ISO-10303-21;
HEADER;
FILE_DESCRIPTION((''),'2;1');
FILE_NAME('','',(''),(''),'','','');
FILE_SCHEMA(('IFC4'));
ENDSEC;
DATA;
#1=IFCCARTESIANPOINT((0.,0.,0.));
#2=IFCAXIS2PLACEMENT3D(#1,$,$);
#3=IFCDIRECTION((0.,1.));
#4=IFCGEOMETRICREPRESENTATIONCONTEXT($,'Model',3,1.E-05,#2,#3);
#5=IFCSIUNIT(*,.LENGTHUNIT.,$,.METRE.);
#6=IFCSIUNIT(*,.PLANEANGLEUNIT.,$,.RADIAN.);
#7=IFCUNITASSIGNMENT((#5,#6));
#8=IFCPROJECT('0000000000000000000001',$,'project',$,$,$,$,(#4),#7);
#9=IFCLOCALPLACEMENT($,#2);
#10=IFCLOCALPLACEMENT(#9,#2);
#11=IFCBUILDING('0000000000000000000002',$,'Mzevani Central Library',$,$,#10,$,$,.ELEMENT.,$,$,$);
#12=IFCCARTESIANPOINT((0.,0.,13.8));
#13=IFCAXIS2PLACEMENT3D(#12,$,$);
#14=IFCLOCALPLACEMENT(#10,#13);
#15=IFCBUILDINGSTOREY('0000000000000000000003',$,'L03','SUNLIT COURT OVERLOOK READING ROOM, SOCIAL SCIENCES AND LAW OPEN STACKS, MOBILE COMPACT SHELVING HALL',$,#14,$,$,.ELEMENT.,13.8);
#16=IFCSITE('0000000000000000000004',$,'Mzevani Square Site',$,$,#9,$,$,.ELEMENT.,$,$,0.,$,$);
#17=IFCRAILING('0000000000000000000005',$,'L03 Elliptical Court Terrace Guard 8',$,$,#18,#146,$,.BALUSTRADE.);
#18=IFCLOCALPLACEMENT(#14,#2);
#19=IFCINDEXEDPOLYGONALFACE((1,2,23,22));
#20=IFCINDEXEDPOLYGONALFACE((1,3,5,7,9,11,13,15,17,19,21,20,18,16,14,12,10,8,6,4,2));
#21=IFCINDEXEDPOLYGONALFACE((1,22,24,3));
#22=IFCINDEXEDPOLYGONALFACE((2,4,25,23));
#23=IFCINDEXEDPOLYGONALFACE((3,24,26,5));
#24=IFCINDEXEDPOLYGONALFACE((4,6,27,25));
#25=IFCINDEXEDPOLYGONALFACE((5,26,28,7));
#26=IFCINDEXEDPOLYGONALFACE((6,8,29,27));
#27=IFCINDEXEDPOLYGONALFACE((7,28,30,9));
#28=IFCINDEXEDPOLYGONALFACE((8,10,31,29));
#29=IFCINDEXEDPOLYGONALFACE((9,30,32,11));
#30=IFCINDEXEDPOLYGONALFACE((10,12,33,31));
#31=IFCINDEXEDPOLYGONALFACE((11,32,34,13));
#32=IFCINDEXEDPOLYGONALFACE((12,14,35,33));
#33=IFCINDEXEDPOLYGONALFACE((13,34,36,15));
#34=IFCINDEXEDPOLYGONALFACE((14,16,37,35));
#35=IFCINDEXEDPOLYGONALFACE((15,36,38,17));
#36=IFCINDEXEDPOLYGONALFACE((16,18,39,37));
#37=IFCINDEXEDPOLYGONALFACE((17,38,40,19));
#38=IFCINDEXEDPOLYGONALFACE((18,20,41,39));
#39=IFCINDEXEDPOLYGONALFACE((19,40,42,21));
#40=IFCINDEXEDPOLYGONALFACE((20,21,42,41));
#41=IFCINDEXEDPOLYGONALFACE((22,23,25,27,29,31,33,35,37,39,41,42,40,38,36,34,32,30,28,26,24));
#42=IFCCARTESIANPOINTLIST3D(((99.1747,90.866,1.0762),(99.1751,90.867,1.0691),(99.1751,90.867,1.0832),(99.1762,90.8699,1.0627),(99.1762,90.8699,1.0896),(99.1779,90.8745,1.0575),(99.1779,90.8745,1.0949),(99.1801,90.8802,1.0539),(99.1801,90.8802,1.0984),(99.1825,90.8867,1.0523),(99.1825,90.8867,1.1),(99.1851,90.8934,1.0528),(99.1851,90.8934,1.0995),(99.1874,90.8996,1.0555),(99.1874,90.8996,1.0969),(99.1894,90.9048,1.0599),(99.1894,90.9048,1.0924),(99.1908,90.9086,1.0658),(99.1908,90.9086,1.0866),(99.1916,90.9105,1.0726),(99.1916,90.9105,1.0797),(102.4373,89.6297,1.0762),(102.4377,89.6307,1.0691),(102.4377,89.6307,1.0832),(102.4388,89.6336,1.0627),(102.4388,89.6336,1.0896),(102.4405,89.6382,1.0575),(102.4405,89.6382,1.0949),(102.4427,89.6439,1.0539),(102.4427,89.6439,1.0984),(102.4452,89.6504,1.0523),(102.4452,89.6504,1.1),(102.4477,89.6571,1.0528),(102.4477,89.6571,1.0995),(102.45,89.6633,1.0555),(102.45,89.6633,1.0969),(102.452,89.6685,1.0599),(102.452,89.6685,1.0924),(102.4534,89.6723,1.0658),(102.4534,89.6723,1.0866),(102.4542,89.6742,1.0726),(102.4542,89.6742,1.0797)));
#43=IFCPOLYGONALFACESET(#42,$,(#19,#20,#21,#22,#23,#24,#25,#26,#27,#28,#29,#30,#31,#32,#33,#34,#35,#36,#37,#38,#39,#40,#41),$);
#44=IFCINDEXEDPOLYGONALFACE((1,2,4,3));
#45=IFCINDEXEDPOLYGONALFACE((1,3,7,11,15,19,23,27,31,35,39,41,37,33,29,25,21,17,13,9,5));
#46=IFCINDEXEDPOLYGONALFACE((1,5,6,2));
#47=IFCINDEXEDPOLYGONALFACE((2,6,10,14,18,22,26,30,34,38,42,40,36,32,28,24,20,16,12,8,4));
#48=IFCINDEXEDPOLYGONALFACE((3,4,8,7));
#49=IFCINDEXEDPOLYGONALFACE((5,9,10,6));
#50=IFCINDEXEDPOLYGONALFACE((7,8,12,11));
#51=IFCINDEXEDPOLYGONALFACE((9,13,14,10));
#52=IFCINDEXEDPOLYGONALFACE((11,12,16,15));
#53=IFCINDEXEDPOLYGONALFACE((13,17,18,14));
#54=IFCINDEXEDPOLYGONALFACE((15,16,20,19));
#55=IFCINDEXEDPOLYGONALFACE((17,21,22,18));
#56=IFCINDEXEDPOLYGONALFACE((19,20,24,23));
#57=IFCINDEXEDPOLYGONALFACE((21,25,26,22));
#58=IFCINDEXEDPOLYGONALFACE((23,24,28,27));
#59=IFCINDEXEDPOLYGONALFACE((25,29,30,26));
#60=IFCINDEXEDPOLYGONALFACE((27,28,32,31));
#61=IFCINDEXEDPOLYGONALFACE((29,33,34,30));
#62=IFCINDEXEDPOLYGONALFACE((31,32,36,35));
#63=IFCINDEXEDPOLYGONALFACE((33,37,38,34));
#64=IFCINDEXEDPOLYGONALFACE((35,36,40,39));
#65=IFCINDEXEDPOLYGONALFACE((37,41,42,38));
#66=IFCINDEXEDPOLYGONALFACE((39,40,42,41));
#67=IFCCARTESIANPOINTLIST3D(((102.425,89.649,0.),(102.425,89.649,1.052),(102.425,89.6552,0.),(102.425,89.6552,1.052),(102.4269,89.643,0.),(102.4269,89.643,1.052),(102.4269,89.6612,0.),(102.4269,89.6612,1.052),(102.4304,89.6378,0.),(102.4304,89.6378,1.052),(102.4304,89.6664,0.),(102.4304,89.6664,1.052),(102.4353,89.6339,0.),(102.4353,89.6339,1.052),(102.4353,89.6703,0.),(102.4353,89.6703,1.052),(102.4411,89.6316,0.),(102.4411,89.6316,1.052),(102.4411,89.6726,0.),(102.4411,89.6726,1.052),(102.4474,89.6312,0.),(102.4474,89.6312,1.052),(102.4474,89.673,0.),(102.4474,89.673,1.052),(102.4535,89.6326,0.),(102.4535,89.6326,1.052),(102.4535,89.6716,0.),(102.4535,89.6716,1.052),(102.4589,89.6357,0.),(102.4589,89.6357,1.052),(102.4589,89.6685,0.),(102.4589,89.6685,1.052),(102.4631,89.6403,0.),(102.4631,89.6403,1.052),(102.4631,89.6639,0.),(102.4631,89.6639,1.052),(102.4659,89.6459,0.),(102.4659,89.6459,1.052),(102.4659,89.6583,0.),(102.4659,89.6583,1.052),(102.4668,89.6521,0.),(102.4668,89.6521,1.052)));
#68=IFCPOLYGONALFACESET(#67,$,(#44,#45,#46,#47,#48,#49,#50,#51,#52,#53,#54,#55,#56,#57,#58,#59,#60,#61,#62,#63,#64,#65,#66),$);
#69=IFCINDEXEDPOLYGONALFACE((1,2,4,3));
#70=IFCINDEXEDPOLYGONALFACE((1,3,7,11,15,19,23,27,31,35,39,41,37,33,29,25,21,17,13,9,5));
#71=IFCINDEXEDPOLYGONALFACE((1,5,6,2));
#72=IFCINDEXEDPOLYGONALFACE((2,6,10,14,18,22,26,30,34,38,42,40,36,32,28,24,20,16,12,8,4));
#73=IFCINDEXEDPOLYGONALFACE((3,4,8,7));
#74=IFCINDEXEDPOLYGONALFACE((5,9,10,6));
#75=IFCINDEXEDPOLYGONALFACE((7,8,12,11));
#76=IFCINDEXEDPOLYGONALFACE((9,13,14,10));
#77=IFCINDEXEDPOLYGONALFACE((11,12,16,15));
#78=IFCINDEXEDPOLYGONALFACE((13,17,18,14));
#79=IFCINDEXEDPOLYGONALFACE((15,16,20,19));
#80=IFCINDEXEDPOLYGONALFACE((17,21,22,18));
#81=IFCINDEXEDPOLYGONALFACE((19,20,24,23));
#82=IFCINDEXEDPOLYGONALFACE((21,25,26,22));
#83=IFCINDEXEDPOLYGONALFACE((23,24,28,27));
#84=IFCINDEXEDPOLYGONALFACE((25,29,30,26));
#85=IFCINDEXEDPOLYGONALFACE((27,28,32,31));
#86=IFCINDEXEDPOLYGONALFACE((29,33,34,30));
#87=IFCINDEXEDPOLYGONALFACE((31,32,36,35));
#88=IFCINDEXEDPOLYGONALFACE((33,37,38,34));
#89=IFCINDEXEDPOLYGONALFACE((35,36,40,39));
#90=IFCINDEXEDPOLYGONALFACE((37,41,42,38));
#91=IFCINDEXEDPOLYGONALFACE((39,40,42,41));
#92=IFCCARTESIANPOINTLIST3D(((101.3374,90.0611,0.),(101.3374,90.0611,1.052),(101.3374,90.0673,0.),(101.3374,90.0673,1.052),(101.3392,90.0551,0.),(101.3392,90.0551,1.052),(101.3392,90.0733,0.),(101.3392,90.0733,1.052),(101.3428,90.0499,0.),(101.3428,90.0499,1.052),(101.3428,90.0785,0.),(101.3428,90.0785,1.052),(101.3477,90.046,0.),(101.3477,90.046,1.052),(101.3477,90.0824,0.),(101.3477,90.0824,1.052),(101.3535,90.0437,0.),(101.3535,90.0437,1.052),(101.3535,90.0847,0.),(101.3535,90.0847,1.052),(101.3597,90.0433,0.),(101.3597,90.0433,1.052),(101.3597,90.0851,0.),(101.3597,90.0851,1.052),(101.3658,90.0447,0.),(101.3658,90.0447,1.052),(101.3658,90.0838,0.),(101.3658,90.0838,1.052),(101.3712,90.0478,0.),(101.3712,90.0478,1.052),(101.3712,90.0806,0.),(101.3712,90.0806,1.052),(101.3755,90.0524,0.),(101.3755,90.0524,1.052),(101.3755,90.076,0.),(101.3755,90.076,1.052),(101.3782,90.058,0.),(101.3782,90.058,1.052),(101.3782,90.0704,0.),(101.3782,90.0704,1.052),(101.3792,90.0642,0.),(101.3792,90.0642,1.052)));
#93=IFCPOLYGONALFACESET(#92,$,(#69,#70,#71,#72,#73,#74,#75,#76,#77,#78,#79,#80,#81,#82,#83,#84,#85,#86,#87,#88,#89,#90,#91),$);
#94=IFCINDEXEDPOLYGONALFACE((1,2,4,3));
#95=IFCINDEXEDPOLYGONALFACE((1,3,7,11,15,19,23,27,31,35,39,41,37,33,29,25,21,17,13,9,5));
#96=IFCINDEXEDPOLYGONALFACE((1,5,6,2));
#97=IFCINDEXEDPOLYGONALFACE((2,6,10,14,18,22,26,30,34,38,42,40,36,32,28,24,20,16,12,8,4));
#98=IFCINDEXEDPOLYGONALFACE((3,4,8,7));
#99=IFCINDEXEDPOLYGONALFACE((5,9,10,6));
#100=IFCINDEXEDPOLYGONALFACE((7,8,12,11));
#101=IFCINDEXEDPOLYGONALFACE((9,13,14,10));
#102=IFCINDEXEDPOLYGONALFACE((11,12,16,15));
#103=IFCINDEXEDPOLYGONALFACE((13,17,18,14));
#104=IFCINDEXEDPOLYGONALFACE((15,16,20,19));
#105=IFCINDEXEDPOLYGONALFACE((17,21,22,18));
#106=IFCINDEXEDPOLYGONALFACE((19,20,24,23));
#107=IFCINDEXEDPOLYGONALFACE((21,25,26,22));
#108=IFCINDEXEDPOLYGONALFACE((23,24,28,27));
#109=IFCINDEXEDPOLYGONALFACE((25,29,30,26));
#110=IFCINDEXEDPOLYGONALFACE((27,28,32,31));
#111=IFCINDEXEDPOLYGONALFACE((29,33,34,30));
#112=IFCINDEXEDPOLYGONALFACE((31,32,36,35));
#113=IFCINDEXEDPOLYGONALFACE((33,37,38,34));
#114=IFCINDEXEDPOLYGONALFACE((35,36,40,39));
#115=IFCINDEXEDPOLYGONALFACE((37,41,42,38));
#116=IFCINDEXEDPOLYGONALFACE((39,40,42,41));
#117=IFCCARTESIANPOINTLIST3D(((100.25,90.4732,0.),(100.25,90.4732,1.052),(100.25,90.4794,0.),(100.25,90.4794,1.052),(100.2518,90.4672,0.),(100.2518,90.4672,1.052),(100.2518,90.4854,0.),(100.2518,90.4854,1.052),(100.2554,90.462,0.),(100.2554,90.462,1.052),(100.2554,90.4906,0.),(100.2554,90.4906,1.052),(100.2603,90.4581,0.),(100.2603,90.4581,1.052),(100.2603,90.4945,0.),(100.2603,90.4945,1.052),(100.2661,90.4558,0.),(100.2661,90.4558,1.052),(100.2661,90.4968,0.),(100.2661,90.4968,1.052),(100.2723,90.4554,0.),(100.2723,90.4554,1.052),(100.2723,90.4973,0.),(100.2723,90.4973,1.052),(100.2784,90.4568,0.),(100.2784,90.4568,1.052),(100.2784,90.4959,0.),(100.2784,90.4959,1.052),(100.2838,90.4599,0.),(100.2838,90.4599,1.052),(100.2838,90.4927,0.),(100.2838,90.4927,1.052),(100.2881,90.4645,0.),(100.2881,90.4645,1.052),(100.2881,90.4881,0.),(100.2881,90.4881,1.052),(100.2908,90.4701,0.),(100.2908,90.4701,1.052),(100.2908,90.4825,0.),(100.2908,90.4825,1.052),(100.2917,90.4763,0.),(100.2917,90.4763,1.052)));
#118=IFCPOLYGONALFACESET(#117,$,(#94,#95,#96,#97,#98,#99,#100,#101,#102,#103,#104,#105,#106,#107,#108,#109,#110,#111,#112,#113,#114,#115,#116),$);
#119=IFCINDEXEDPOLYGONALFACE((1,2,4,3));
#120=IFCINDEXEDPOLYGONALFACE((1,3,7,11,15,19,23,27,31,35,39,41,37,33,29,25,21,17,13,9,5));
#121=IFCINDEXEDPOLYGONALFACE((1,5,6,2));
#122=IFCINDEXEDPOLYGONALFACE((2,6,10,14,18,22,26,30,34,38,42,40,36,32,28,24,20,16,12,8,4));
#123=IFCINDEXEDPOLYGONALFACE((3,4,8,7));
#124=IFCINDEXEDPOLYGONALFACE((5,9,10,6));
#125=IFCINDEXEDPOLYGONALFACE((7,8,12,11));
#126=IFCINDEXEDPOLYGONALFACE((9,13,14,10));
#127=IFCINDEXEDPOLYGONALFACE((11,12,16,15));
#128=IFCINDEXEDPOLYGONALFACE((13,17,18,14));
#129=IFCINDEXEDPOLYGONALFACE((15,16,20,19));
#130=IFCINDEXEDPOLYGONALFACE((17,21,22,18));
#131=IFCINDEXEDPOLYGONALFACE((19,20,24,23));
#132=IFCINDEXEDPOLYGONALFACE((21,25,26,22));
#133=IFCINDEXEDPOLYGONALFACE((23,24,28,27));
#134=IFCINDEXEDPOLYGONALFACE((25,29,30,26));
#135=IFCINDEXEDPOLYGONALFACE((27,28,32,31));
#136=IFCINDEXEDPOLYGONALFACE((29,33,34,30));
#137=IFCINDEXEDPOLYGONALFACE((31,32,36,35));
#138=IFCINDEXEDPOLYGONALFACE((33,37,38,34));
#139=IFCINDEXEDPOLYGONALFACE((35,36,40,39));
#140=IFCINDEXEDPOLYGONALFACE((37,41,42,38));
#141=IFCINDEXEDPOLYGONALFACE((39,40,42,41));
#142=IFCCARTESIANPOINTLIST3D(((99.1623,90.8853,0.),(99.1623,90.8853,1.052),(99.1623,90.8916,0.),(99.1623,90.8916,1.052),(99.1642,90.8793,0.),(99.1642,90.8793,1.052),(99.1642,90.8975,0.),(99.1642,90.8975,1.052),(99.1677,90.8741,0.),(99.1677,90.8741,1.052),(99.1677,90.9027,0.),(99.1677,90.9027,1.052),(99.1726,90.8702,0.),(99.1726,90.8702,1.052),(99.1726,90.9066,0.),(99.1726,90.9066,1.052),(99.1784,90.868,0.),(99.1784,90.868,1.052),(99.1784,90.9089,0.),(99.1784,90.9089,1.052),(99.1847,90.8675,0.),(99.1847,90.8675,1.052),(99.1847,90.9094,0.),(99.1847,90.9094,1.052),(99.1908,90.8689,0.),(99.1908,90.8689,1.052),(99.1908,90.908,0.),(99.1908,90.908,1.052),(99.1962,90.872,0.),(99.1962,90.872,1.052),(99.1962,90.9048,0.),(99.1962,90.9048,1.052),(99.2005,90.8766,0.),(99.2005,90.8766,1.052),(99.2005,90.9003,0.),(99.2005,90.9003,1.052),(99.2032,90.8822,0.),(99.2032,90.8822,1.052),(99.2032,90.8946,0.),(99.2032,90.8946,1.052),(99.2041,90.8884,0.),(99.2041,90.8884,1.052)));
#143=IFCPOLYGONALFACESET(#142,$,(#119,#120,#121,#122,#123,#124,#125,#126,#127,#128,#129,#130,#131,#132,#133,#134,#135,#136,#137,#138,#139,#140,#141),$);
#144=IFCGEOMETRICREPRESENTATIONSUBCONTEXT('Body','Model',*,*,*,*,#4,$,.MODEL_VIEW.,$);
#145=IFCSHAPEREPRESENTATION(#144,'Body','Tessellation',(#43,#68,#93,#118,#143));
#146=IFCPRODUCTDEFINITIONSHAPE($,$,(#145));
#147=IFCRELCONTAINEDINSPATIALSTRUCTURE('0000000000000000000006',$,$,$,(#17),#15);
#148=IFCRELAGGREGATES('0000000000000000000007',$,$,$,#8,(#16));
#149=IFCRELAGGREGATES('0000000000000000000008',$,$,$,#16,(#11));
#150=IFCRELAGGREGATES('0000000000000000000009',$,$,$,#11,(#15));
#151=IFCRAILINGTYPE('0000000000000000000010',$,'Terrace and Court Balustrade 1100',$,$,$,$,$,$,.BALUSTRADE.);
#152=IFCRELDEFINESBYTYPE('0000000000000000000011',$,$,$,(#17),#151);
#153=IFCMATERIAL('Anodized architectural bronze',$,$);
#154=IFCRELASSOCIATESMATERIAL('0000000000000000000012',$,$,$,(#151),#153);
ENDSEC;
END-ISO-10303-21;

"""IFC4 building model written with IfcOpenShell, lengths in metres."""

from ifc_helpers import new_model, si_unit, direction, frame, origin, origin_2d, place, context, subcontext, project, spatial, circle, extrude, material, type_object, element, save


model = new_model("IFC4")

# Units and contexts
model_context = context("Model", 3, precision=1e-05, world=origin(), true_north=direction((0.0, 1.0)))
body_context = subcontext(model_context, "Body", "Model", "MODEL_VIEW")
ifc_project = project(units=[si_unit("LENGTHUNIT", "METRE"), si_unit("PLANEANGLEUNIT", "RADIAN")], contexts=[model_context])

# Site, building, storey
site_placement = place(None, origin())
site = spatial("IfcSite", under=ifc_project, at=site_placement, Name="Mzevani Square Site", CompositionType="ELEMENT", RefElevation=0.0)
building_placement = place(site_placement, origin())
building = spatial("IfcBuilding", under=site, at=building_placement, Name="Mzevani Central Library", CompositionType="ELEMENT")
storey_placement = place(building_placement, frame((0.0, 0.0, 13.8)))
storey = spatial("IfcBuildingStorey", under=building, at=storey_placement, Name="L03", Description="SUNLIT COURT OVERLOOK READING ROOM, SOCIAL SCIENCES AND LAW OPEN STACKS, MOBILE COMPACT SHELVING HALL", CompositionType="ELEMENT", Elevation=13.8)

# Railing
ifc_material_1 = material(Name="Anodized architectural bronze")
railing_type = type_object("IfcRailingType", Name="Terrace and Court Balustrade 1100", PredefinedType="BALUSTRADE", material=ifc_material_1)
railing_1_placement = place(storey_placement, frame((102.4458, 89.6521, 0.0)))
element("IfcRailing", 1, at=railing_1_placement, inside=storey, type_object=railing_type, Name="L03 Elliptical Court Terrace Guard 8", PredefinedType="BALUSTRADE", context=body_context, shape_type="SweptSolid", body=[
    extrude(circle(Radius=0.0239, at=origin_2d()), frame((0.0, 0.0, 1.0762), z_axis=(-0.935116, 0.354342, 0.0), x_axis=(-0.354342, -0.935116, 0.0)), (0.0, 0.0, 1.0), 3.489),
    extrude(circle(Radius=0.021, at=origin_2d()), origin(), (0.0, 0.0, 1.0), 1.052),
    extrude(circle(Radius=0.021, at=origin_2d()), frame((-1.0876, 0.4121, 0.0)), (0.0, 0.0, 1.0), 1.052),
    extrude(circle(Radius=0.021, at=origin_2d()), frame((-2.175, 0.8242, 0.0)), (0.0, 0.0, 1.0), 1.052),
    extrude(circle(Radius=0.021, at=origin_2d()), frame((-3.2627, 1.2363, 0.0)), (0.0, 0.0, 1.0), 1.052),
])

save(model, "model.ifc")
